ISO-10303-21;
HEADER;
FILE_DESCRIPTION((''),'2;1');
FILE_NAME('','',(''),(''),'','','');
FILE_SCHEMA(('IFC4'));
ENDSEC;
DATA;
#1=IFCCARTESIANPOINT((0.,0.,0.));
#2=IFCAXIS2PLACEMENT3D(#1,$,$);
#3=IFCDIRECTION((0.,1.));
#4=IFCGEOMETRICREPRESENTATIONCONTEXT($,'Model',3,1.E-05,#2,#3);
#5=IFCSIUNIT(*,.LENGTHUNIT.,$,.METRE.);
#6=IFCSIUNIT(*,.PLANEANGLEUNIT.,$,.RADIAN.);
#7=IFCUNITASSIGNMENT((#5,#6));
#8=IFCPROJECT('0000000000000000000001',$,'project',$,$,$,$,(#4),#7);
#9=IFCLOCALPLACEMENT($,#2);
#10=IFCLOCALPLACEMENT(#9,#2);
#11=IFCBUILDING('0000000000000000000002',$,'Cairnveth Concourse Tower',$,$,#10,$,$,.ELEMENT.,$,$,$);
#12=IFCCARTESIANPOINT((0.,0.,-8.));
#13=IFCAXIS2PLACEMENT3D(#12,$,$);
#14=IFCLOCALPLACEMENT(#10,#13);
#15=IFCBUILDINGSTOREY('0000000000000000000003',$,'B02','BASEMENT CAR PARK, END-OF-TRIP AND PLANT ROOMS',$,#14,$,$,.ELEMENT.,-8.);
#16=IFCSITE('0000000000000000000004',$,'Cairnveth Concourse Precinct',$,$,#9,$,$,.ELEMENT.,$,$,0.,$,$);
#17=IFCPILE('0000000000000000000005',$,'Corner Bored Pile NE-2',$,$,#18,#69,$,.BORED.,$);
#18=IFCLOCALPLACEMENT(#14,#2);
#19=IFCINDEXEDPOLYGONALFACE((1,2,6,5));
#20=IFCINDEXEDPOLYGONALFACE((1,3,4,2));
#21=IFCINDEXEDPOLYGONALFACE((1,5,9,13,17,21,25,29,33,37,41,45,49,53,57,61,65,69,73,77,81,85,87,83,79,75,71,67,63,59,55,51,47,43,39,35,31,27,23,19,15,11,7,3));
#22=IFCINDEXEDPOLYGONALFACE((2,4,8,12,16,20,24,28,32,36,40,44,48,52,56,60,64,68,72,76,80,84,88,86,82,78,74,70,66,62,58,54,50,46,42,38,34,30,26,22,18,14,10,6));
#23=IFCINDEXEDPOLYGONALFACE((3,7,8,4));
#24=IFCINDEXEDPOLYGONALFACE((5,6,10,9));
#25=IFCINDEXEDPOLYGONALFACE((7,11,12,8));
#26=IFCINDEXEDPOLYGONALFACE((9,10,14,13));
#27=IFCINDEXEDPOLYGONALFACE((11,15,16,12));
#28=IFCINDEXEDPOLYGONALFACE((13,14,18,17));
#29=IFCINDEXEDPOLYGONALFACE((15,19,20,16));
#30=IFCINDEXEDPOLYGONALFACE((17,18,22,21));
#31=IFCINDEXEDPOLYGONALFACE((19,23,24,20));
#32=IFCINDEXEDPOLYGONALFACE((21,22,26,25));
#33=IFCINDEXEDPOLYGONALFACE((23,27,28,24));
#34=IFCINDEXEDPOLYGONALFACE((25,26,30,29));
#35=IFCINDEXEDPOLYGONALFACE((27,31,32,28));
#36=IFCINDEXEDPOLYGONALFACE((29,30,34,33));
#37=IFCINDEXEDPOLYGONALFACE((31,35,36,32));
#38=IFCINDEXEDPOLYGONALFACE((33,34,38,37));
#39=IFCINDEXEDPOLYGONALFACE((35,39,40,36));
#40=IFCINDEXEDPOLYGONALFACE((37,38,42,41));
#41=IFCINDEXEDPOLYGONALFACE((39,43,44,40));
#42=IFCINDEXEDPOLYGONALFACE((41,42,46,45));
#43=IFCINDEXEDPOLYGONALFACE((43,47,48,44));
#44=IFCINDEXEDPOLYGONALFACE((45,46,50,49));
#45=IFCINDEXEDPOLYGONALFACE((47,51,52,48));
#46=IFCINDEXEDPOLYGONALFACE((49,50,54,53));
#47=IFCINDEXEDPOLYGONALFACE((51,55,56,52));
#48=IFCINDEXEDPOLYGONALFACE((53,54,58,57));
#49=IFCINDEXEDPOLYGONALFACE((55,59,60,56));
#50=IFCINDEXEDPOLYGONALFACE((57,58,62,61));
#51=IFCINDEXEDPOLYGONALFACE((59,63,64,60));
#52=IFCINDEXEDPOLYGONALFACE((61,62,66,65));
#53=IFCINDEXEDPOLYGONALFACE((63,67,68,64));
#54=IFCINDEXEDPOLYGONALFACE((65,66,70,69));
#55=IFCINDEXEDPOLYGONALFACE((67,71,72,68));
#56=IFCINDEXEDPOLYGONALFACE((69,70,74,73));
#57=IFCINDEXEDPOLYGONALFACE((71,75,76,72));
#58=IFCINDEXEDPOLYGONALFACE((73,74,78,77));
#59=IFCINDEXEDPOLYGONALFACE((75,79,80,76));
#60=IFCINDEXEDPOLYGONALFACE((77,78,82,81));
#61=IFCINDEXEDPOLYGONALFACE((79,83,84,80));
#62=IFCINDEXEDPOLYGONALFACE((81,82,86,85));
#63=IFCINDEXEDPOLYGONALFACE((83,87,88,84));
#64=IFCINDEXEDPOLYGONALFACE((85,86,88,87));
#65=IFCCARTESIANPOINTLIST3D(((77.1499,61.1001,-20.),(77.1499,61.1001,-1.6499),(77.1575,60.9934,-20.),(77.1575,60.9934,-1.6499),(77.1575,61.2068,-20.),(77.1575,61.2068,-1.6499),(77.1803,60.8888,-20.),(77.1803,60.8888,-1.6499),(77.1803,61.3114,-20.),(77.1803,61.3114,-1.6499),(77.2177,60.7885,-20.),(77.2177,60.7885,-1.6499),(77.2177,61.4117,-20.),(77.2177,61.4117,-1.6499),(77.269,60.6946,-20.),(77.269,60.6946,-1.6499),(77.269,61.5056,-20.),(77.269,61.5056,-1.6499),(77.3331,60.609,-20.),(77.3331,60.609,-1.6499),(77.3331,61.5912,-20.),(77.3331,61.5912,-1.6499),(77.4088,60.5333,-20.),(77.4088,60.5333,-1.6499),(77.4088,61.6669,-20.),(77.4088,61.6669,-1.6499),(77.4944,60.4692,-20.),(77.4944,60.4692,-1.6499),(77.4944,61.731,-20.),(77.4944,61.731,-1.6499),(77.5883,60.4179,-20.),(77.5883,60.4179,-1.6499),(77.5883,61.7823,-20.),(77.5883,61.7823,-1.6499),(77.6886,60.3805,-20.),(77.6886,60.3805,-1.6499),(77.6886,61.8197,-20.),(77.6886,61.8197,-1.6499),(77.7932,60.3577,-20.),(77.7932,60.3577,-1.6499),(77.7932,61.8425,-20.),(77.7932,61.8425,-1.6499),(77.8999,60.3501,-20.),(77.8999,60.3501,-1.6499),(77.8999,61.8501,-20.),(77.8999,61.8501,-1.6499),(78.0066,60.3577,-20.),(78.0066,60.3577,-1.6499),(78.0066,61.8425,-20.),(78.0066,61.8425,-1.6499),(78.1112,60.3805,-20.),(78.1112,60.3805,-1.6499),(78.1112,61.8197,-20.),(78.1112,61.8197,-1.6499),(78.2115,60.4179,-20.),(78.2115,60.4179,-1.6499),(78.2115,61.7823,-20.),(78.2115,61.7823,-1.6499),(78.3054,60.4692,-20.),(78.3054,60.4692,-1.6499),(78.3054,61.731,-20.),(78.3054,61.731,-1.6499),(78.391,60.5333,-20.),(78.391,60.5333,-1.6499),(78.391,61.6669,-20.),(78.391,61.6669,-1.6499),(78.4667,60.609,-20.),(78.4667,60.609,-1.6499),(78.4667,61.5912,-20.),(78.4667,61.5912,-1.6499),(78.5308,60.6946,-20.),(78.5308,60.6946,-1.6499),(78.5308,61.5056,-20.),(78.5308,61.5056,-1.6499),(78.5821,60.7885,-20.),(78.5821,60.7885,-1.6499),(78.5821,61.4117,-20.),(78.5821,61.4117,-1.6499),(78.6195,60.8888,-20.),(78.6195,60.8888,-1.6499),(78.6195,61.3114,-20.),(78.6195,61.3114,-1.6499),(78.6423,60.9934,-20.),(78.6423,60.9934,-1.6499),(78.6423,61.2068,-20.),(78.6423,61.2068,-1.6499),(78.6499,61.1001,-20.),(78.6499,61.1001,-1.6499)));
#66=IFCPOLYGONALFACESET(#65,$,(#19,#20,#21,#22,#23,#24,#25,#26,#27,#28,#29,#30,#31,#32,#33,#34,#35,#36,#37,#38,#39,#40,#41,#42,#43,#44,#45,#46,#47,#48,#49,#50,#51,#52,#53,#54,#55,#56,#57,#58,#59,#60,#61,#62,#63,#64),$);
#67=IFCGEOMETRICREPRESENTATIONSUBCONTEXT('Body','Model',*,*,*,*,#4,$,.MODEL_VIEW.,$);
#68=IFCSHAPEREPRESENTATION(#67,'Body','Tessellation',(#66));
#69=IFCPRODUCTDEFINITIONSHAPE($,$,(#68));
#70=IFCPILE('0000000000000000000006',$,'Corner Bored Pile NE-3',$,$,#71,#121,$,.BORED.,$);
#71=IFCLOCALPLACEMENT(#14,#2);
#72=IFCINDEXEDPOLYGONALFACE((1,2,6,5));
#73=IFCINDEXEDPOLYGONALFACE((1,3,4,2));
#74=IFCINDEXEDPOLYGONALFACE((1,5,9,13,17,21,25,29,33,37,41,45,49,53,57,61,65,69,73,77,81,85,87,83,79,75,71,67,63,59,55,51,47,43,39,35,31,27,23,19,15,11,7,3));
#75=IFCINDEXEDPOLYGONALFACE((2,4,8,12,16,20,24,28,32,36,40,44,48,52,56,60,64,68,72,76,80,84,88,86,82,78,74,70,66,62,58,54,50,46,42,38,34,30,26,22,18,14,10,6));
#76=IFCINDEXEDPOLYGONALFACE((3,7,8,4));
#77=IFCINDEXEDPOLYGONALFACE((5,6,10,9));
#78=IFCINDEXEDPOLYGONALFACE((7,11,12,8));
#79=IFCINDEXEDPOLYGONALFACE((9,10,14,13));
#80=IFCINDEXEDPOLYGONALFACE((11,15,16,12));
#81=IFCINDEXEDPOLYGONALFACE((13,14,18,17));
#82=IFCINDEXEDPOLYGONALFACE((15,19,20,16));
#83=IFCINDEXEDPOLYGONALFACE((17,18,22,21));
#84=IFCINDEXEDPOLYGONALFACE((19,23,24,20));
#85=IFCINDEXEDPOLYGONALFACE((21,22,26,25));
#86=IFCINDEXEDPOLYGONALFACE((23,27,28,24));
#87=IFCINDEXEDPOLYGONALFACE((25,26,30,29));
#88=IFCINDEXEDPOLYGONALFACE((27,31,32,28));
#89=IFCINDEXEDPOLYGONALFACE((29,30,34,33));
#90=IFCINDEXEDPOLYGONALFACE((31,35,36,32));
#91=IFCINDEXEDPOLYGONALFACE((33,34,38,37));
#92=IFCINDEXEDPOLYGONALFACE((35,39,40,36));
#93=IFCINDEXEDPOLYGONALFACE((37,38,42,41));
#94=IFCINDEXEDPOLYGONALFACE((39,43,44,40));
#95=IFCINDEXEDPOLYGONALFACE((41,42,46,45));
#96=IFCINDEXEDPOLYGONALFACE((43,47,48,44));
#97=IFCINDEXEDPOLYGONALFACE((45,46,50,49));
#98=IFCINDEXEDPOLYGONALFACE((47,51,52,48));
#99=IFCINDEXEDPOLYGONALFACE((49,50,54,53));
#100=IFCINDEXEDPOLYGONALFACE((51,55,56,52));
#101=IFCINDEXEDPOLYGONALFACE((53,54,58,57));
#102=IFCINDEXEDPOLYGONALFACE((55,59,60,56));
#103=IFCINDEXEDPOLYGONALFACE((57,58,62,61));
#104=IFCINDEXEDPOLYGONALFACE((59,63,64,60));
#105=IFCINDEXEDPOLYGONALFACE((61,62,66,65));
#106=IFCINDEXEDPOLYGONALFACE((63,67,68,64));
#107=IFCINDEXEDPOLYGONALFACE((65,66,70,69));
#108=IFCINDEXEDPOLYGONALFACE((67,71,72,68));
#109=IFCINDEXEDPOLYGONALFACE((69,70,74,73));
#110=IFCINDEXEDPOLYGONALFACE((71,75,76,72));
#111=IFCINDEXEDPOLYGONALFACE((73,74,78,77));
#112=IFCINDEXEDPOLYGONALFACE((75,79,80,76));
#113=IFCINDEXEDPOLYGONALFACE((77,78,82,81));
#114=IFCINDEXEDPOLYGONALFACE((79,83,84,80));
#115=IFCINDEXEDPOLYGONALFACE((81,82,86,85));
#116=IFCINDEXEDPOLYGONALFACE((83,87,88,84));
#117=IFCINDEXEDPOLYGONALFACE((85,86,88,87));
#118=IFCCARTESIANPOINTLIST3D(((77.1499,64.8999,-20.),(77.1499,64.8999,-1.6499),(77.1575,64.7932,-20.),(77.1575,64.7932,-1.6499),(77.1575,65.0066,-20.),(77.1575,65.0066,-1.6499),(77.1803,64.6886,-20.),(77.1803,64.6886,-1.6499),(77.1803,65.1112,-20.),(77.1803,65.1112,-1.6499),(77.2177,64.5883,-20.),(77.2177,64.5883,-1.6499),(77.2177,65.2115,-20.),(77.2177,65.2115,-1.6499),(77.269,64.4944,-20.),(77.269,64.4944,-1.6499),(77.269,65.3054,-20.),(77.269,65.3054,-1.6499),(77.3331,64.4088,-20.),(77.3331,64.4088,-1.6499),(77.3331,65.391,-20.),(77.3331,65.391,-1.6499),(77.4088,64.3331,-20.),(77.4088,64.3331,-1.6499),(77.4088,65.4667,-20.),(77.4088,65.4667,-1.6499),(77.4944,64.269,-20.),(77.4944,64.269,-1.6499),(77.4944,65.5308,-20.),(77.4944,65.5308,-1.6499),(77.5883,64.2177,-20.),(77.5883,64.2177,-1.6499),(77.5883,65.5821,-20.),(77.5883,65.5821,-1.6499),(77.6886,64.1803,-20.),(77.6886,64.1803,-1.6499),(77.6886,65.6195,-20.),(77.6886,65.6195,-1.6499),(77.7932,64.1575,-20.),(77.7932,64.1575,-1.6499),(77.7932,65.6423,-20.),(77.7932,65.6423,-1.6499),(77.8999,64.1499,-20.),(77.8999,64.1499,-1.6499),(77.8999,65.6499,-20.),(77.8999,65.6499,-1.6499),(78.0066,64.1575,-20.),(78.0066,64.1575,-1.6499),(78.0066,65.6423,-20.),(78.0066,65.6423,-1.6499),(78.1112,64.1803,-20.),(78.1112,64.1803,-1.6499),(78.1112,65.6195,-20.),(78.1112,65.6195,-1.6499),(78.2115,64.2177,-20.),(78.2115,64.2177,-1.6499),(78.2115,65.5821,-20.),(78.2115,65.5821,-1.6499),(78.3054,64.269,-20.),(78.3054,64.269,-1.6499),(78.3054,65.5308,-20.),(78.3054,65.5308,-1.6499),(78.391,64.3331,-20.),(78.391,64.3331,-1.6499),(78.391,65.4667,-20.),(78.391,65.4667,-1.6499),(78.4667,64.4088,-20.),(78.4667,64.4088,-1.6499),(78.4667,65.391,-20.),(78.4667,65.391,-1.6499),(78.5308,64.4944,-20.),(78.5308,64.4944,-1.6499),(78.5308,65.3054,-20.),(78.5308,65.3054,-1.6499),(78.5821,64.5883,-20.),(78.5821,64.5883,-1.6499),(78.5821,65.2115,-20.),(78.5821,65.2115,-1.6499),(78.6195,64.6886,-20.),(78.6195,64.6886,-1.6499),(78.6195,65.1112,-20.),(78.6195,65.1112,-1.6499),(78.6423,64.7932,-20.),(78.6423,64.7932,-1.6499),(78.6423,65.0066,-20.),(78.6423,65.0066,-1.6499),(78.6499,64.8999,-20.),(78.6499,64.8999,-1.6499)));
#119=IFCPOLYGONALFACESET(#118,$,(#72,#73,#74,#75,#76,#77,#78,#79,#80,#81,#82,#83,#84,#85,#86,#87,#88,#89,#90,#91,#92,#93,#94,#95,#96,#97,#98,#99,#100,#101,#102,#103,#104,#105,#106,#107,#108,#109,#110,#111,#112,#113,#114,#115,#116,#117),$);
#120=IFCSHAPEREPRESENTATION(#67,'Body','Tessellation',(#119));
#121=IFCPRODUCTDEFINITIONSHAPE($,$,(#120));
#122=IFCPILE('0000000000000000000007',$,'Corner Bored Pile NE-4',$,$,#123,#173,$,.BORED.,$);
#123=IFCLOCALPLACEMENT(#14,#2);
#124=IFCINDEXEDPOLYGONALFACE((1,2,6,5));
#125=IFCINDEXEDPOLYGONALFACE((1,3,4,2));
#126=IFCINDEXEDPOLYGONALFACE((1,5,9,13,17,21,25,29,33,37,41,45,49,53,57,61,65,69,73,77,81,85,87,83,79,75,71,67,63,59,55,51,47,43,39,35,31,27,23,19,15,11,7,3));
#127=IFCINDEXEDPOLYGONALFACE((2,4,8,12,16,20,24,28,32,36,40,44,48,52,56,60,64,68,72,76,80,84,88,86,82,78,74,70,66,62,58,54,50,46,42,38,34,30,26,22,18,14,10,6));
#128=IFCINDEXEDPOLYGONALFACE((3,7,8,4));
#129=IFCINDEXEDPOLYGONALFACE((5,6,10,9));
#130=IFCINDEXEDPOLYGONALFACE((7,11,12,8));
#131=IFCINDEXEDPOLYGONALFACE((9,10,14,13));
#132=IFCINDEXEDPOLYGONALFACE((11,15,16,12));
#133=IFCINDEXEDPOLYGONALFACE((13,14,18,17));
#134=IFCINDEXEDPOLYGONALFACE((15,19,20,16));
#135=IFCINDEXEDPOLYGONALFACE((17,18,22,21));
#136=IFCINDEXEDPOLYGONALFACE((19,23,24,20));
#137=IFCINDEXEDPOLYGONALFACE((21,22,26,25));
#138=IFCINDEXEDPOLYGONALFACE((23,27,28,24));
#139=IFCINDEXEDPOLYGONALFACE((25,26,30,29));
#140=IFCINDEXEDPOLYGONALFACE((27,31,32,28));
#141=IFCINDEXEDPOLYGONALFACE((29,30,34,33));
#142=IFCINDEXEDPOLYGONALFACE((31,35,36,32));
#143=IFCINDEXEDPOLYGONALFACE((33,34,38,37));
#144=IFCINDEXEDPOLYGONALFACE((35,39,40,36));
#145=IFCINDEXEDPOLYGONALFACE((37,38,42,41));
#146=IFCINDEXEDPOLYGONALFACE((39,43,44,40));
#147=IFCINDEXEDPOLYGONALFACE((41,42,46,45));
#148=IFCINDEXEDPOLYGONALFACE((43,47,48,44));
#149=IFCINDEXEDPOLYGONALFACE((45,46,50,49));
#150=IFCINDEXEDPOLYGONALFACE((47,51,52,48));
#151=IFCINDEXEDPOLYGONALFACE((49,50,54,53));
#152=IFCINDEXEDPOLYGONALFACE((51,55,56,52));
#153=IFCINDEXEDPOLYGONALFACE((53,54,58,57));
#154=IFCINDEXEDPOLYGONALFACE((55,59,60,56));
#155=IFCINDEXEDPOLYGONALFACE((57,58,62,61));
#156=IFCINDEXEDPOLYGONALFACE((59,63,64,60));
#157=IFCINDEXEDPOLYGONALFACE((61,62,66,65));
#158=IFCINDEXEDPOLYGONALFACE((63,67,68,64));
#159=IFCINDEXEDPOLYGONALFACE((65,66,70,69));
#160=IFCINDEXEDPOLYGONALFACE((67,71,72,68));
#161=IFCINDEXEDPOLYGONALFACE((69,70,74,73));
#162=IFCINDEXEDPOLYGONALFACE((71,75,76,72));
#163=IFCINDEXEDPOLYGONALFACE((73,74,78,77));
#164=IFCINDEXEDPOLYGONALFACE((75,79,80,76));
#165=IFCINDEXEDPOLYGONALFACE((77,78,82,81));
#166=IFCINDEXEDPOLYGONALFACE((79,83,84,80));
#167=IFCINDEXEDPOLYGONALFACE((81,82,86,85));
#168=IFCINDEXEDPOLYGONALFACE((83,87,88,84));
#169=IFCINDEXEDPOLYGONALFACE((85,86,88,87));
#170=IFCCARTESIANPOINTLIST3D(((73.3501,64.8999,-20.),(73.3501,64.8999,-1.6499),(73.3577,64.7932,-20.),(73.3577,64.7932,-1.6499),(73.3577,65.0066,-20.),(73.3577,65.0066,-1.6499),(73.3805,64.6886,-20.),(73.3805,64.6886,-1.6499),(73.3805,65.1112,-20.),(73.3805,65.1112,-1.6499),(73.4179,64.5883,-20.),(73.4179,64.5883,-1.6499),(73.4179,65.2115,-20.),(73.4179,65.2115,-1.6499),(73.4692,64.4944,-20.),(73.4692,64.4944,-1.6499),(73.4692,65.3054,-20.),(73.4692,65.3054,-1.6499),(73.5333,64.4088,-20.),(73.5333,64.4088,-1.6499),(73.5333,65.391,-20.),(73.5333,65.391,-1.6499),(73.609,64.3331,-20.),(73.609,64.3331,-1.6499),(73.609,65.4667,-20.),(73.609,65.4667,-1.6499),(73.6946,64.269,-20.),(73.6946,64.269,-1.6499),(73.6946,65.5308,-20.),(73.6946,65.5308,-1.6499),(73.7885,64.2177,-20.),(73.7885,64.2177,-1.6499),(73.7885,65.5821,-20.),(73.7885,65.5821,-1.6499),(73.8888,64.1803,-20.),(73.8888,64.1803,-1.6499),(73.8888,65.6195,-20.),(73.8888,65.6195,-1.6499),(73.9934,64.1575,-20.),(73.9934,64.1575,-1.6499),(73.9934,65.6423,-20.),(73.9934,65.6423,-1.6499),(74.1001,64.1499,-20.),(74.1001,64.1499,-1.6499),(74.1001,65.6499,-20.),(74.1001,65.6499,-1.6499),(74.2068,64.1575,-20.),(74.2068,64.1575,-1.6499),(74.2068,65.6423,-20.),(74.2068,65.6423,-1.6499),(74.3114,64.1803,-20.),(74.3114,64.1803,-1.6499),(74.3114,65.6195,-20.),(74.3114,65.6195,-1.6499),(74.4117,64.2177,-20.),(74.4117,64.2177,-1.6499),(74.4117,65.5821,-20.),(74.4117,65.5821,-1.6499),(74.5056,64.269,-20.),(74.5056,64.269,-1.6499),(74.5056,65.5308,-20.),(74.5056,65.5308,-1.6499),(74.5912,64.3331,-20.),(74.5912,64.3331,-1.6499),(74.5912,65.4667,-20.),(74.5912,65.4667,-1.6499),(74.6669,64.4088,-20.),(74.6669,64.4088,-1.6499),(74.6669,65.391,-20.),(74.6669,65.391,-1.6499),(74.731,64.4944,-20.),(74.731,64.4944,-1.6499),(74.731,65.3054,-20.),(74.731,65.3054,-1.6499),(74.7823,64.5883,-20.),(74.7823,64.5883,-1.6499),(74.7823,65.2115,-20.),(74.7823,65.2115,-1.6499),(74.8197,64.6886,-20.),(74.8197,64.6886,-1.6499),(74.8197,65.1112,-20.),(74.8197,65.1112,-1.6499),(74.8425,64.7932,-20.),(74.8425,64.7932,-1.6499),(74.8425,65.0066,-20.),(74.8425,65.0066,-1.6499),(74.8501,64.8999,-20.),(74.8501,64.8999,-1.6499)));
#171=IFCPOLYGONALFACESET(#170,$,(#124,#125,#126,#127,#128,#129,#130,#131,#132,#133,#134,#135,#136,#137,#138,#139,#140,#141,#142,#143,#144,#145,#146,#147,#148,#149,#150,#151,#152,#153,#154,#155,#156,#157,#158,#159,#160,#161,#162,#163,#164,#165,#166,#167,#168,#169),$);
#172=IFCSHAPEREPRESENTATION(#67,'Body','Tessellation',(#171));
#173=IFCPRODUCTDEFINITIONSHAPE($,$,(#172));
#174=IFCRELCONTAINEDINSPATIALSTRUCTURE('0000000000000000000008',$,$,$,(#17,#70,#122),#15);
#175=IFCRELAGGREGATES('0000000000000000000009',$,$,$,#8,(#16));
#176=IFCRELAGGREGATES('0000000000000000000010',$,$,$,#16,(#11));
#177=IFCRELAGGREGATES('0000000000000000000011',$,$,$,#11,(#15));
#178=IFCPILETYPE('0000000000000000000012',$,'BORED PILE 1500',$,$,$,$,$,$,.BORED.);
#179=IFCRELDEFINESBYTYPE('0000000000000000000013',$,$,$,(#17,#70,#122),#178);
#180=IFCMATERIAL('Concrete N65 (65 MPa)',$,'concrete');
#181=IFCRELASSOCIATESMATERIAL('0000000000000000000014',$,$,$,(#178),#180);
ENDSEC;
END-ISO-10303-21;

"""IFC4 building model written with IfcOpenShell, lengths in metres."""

from ifc_helpers import new_model, si_unit, direction, frame, origin, origin_2d, place, context, subcontext, project, spatial, circle, extrude, material, material_profile, profile_set, type_object, element, save


model = new_model("IFC4")

# Units and contexts
model_context = context("Model", 3, precision=1e-05, world=origin(), true_north=direction((0.0, 1.0)))
body_context = subcontext(model_context, "Body", "Model", "MODEL_VIEW")
ifc_project = project(units=[si_unit("LENGTHUNIT", "METRE"), si_unit("PLANEANGLEUNIT", "RADIAN")], contexts=[model_context])

# Site, building, storey
site_placement = place(None, origin())
site = spatial("IfcSite", under=ifc_project, at=site_placement, Name="Cairnveth Concourse Precinct", CompositionType="ELEMENT", RefElevation=0.0)
building_placement = place(site_placement, origin())
building = spatial("IfcBuilding", under=site, at=building_placement, Name="Cairnveth Concourse Tower", CompositionType="ELEMENT")
storey_placement = place(building_placement, frame((0.0, 0.0, -8.0)))
storey = spatial("IfcBuildingStorey", under=building, at=storey_placement, Name="B02", Description="BASEMENT CAR PARK, END-OF-TRIP AND PLANT ROOMS", CompositionType="ELEMENT", Elevation=-8.0)

# Piles
ifc_material_1 = material(Name="Concrete N65 (65 MPa)", Category="concrete")
ifc_material_profile_1 = material_profile(ifc_material_1, circle(Radius=0.75, at=origin_2d()), Name="PILE-1500")
ifc_profile_set_1 = profile_set([ifc_material_profile_1], Name="Concrete N65 (65 MPa)")
pile_type_1 = type_object("IfcPileType", Name="BORED PILE 1500", PredefinedType="BORED", material=ifc_profile_set_1)
for number, where, z_axis, x_axis, name in (
    (1, (77.8999, 61.1001, -1.6499), (0.0, 0.0, -1.0), (1.0, 0.0, 0.0), "Corner Bored Pile NE-2"),
    (2, (77.8999, 64.8999, -1.6499), (0.0, 0.0, -1.0), (1.0, 0.0, 0.0), "Corner Bored Pile NE-3"),
    (3, (74.1001, 64.8999, -1.6499), (0.0, 0.0, -1.0), (1.0, 0.0, 0.0), "Corner Bored Pile NE-4"),
):
    element("IfcPile", number, at=place(storey_placement, frame(where, z_axis=z_axis, x_axis=x_axis)), inside=storey, type_object=pile_type_1, Name=name, PredefinedType="BORED", context=body_context, shape_type="SweptSolid", body=[
        extrude(circle(Radius=0.75, at=origin_2d()), origin(), (0.0, 0.0, 1.0), 18.3501),
    ])

save(model, "model.ifc")
